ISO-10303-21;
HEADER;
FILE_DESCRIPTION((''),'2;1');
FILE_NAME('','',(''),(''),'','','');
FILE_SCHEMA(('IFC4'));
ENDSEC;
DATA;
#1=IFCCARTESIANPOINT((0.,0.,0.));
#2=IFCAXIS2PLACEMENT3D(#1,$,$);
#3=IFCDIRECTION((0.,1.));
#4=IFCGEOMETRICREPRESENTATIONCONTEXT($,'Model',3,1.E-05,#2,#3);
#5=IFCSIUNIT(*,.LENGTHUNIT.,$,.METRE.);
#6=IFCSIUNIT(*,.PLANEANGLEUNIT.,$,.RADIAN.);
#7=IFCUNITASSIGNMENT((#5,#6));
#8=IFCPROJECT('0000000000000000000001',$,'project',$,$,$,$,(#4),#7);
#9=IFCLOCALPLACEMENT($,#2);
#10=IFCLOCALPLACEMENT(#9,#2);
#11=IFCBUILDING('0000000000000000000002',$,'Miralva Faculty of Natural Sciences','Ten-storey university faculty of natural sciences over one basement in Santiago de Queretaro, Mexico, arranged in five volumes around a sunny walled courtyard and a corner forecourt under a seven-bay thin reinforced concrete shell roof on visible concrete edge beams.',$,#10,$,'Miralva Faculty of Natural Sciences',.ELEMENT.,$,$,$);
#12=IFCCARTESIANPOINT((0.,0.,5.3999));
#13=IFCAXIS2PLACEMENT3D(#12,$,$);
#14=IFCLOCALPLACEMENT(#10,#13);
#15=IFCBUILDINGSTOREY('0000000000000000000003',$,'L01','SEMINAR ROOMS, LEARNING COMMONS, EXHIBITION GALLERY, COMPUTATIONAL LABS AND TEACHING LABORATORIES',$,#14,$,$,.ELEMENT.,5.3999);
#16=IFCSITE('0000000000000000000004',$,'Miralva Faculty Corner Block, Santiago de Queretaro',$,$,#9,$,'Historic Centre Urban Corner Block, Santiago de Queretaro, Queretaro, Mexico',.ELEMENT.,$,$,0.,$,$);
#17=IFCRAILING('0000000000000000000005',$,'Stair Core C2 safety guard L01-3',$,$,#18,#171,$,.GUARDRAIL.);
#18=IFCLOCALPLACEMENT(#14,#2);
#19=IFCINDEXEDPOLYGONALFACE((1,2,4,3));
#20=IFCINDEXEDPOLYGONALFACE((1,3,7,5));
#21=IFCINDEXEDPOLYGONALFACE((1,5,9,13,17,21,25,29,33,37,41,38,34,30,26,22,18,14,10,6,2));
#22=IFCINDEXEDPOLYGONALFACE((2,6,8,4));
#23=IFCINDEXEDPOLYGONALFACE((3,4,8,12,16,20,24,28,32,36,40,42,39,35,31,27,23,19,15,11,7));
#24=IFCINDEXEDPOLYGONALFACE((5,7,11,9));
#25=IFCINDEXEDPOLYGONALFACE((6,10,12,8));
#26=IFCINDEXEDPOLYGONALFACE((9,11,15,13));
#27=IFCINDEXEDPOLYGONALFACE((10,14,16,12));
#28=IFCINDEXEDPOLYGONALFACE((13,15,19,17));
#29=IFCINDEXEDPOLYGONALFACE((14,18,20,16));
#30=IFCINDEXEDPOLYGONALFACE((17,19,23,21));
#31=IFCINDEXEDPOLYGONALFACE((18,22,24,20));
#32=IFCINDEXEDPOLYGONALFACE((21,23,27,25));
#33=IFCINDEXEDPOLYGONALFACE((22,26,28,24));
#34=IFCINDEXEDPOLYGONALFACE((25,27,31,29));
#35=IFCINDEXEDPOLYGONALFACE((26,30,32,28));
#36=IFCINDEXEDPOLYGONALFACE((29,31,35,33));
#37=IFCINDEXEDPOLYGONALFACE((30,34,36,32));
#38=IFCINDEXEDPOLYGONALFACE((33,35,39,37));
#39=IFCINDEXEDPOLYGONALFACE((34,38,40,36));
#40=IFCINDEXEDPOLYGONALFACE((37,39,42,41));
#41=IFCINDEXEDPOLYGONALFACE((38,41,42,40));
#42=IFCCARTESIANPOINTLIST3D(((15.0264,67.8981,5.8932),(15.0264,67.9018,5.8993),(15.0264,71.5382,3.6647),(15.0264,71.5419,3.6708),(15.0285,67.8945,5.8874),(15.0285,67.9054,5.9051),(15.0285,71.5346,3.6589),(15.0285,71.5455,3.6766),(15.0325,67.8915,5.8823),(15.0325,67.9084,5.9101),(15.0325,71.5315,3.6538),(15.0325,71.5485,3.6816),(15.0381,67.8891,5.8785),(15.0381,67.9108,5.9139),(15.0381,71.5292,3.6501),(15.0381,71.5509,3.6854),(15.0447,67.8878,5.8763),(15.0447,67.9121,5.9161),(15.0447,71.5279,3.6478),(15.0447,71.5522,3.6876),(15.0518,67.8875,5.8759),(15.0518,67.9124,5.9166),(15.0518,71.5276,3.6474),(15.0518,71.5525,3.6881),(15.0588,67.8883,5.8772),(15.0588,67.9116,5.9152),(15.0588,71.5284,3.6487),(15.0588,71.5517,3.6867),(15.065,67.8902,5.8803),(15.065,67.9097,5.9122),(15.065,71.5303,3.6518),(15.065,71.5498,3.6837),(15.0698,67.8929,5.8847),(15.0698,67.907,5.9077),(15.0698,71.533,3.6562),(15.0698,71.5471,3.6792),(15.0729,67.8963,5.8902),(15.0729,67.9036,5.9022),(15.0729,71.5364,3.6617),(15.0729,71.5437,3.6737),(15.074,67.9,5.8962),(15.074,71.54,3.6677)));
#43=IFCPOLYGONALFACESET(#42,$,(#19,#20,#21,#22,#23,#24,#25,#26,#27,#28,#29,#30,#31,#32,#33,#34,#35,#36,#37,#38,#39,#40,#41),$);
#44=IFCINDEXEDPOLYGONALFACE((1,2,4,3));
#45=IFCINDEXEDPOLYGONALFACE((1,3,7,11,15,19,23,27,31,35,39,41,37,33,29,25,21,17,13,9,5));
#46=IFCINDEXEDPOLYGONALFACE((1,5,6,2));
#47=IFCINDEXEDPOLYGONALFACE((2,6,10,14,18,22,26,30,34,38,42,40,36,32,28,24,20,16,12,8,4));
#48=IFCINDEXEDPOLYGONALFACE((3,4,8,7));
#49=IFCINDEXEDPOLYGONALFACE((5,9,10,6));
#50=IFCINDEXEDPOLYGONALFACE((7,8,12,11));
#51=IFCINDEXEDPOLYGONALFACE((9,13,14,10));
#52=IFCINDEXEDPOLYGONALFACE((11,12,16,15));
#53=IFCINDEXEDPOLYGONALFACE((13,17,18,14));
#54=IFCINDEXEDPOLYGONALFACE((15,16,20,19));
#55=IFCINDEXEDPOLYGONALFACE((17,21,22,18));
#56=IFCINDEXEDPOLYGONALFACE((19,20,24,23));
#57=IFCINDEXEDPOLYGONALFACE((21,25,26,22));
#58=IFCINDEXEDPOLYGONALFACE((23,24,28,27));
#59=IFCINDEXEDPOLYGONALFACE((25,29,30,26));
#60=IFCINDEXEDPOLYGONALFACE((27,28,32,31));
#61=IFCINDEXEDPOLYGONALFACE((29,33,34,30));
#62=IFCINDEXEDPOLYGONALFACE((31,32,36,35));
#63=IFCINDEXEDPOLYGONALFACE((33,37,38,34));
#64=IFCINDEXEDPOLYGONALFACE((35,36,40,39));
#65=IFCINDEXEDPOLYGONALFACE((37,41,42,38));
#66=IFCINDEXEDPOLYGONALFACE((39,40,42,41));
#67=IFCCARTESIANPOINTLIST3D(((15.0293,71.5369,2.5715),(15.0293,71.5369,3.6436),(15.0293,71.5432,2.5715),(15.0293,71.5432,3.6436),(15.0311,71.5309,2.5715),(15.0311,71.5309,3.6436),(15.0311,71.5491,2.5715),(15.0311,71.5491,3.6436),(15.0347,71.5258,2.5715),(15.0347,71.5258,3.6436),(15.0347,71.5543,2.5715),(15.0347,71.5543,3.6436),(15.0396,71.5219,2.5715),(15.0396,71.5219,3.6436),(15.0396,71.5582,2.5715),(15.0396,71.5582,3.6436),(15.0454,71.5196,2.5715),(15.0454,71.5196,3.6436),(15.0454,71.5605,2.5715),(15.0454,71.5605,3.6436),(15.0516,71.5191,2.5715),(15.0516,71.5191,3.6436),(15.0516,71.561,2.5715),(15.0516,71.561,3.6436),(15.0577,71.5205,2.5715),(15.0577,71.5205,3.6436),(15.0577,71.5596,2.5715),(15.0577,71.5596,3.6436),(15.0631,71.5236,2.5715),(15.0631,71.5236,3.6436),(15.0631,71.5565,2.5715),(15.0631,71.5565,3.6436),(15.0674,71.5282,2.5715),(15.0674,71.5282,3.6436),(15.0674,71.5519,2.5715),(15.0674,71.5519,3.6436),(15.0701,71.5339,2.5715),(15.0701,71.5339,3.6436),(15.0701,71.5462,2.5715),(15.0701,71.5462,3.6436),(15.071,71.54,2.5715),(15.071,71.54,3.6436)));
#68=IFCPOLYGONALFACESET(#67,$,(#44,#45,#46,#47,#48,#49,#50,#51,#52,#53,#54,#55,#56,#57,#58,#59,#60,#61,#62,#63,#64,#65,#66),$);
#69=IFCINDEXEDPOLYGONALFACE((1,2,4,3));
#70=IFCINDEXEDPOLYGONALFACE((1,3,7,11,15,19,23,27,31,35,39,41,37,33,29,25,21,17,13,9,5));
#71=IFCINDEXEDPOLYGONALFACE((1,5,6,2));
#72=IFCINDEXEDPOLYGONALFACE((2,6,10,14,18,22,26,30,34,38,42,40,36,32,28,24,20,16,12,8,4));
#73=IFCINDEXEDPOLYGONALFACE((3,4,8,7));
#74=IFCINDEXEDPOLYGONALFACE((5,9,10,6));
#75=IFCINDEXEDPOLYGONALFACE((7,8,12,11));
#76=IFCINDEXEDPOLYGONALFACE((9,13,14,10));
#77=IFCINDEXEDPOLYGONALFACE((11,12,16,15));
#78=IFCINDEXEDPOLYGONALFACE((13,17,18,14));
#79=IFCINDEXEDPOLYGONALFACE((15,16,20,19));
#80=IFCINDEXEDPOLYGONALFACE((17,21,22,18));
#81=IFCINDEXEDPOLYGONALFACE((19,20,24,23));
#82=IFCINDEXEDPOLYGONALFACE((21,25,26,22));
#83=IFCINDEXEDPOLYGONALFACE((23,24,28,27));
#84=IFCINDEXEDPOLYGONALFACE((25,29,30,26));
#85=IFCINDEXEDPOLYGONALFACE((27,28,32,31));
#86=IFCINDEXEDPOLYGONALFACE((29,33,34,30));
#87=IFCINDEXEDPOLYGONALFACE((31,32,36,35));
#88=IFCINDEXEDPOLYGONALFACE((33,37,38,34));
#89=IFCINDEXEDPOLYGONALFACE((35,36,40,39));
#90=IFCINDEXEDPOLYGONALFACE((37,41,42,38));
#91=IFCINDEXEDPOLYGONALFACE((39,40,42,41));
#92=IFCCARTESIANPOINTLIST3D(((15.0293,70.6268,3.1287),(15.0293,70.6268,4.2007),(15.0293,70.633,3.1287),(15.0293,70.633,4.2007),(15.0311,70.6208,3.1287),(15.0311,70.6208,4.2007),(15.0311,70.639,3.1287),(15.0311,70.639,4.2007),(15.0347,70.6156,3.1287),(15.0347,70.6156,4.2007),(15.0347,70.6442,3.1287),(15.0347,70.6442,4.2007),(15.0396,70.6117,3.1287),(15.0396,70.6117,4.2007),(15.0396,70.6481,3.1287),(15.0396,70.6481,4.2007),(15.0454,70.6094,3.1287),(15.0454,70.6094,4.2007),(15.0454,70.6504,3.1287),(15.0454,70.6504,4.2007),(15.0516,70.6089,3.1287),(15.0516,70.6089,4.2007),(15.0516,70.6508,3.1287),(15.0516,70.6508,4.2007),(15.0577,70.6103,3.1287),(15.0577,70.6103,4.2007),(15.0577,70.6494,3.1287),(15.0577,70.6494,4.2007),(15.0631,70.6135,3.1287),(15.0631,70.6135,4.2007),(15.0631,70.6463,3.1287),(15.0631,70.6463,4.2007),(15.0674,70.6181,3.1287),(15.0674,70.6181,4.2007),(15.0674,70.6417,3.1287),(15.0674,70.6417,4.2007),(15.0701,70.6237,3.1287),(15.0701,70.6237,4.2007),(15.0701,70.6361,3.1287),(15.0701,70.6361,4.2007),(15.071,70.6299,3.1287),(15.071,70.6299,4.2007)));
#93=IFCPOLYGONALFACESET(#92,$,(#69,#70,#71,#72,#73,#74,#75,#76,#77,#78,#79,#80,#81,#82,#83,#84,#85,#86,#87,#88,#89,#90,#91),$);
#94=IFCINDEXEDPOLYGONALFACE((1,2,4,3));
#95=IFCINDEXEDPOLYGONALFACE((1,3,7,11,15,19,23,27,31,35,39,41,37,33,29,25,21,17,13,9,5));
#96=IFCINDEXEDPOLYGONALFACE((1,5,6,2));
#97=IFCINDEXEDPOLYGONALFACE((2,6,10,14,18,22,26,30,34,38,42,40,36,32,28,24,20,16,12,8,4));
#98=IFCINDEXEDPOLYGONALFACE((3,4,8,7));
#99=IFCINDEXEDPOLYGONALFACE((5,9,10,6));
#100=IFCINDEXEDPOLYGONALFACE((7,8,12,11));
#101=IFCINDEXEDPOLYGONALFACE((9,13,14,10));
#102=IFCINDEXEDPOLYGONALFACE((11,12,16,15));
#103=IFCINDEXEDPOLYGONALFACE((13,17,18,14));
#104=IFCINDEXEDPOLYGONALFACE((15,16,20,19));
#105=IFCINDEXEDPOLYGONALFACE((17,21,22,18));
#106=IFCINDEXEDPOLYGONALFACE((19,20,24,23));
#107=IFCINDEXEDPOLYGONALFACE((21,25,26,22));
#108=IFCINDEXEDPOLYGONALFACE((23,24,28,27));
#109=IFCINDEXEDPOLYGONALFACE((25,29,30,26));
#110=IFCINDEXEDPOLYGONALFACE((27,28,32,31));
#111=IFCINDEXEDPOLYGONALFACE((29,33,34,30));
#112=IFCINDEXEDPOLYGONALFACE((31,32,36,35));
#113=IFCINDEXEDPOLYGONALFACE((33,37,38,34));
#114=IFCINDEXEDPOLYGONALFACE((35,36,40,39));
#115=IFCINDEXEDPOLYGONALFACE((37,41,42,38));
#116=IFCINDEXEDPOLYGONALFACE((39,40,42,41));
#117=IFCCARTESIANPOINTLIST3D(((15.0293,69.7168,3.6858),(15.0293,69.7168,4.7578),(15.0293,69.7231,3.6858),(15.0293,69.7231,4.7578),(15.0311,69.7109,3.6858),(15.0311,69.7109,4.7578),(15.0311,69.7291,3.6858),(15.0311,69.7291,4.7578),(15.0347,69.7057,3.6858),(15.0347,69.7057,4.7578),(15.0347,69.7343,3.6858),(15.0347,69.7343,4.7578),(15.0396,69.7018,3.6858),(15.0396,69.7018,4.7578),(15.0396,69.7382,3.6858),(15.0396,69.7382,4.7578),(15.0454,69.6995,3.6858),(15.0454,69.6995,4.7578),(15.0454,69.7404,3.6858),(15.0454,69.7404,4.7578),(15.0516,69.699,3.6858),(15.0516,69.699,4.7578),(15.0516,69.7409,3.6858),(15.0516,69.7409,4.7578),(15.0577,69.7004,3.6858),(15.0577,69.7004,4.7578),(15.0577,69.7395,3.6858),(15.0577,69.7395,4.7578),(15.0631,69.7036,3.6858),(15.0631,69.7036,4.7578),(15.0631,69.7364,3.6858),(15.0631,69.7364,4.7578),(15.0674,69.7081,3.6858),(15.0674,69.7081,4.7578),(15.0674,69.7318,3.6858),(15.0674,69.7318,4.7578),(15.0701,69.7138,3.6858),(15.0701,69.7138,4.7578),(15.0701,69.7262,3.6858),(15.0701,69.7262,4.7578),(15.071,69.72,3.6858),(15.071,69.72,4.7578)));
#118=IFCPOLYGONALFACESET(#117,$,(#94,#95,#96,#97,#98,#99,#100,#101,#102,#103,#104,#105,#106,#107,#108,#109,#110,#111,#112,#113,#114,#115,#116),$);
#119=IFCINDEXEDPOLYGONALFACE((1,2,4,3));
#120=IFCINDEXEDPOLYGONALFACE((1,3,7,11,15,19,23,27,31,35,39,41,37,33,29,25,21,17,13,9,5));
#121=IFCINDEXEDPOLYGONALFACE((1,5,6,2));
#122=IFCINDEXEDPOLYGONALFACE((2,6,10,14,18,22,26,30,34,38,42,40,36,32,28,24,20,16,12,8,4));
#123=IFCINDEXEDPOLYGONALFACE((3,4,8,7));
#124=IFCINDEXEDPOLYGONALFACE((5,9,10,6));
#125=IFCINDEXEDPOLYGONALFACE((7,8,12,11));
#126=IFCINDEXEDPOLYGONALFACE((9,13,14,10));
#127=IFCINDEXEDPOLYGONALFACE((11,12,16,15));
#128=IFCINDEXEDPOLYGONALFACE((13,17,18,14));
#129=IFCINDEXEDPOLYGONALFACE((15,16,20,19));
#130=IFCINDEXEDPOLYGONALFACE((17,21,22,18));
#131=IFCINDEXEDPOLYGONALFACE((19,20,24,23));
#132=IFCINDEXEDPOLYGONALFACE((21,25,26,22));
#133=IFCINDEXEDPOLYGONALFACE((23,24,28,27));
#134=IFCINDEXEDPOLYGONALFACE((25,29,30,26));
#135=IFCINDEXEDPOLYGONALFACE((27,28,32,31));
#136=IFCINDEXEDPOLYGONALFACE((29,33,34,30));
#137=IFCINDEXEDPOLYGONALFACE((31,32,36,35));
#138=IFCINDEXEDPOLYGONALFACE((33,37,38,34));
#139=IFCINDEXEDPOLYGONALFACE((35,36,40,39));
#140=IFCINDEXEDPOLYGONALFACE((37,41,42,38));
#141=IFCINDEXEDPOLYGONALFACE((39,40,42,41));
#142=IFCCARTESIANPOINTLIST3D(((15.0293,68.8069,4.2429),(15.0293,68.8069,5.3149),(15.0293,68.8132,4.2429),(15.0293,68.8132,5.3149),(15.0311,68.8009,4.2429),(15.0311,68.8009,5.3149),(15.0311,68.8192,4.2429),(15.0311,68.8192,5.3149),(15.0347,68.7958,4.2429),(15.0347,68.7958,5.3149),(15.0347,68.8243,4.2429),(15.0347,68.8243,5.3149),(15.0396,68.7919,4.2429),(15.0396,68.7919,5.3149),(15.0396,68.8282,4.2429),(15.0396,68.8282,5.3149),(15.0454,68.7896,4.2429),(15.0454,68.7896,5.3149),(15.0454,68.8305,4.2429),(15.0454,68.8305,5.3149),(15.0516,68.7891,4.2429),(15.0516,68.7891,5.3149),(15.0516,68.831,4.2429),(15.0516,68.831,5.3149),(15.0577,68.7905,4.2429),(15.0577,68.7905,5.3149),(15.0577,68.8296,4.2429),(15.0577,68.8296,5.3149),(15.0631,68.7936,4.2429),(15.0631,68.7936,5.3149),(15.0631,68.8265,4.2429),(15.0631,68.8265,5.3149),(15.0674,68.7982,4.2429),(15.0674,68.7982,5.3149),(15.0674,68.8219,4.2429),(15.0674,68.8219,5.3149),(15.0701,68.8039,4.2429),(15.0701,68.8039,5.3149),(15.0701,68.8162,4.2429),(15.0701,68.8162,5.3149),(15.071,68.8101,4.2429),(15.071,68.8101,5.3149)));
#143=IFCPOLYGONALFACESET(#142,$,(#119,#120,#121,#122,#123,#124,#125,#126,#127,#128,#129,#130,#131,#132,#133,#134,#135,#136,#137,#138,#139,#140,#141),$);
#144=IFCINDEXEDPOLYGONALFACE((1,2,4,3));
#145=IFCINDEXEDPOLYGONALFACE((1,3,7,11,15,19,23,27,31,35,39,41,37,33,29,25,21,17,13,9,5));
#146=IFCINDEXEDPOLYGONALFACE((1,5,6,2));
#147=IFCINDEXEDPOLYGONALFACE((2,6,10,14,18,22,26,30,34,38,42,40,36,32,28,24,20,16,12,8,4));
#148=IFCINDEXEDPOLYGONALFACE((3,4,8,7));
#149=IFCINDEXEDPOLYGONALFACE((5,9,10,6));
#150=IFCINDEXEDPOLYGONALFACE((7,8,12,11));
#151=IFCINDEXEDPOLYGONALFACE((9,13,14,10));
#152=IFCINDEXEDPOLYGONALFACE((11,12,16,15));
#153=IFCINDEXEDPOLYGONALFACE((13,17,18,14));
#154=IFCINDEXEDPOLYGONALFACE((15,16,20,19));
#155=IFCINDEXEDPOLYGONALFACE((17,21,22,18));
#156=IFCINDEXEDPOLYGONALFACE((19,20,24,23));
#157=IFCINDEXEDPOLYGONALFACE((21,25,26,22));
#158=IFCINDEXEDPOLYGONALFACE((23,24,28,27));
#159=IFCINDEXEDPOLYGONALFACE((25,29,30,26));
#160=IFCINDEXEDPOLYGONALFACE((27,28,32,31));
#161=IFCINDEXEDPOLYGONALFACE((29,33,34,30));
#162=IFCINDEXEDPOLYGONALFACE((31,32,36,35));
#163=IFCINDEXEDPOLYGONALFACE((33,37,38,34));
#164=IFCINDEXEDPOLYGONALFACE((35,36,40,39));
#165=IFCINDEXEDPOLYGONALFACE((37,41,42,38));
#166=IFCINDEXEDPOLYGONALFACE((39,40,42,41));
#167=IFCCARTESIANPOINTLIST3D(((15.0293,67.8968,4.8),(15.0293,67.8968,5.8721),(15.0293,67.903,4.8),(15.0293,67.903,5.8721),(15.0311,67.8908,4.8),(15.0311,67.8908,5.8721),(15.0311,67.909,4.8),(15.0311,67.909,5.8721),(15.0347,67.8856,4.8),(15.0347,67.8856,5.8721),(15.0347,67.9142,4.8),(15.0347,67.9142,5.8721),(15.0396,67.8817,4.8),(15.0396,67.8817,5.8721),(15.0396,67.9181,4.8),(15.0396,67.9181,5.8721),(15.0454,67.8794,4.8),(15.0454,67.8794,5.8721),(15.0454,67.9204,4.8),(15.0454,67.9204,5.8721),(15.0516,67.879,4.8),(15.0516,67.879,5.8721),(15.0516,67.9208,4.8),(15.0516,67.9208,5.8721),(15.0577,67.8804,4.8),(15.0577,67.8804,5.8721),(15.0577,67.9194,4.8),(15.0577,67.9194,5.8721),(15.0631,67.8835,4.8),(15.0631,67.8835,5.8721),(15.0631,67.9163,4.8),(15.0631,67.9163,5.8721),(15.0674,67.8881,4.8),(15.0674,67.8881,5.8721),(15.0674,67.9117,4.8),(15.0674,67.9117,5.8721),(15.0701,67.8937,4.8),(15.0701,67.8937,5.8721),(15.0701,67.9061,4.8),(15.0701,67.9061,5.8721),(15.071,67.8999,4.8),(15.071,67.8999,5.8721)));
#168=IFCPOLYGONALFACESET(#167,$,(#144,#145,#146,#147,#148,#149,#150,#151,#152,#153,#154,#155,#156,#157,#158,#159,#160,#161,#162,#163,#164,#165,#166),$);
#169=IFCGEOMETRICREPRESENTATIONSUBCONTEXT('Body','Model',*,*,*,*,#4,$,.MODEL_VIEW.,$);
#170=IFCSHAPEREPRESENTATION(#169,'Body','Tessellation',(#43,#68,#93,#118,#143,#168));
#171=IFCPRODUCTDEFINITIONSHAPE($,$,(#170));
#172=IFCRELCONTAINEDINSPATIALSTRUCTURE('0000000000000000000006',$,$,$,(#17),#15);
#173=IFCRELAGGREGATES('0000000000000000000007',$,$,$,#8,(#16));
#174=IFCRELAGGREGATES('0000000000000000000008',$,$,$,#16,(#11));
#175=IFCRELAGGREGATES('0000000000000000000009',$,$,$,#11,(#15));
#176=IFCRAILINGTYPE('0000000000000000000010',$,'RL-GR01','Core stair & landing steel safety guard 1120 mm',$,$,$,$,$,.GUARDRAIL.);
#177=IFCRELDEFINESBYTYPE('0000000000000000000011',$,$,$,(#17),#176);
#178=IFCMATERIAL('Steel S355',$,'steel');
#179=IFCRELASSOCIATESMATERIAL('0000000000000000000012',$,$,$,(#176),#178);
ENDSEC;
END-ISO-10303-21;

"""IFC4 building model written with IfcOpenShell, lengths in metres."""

from ifc_helpers import new_model, si_unit, direction, frame, origin, origin_2d, place, context, subcontext, project, spatial, circle, extrude, material, type_object, element, save


model = new_model("IFC4")

# Units and contexts
model_context = context("Model", 3, precision=1e-05, world=origin(), true_north=direction((0.0, 1.0)))
body_context = subcontext(model_context, "Body", "Model", "MODEL_VIEW")
ifc_project = project(units=[si_unit("LENGTHUNIT", "METRE"), si_unit("PLANEANGLEUNIT", "RADIAN")], contexts=[model_context])

# Site, building, storey
site_placement = place(None, origin())
site = spatial("IfcSite", under=ifc_project, at=site_placement, Name="Miralva Faculty Corner Block, Santiago de Queretaro", LongName="Historic Centre Urban Corner Block, Santiago de Queretaro, Queretaro, Mexico", CompositionType="ELEMENT", RefElevation=0.0)
building_placement = place(site_placement, origin())
building = spatial("IfcBuilding", under=site, at=building_placement, Name="Miralva Faculty of Natural Sciences", Description="Ten-storey university faculty of natural sciences over one basement in Santiago de Queretaro, Mexico, arranged in five volumes around a sunny walled courtyard and a corner forecourt under a seven-bay thin reinforced concrete shell roof on visible concrete edge beams.", LongName="Miralva Faculty of Natural Sciences", CompositionType="ELEMENT")
storey_placement = place(building_placement, frame((0.0, 0.0, 5.3999)))
storey = spatial("IfcBuildingStorey", under=building, at=storey_placement, Name="L01", Description="SEMINAR ROOMS, LEARNING COMMONS, EXHIBITION GALLERY, COMPUTATIONAL LABS AND TEACHING LABORATORIES", CompositionType="ELEMENT", Elevation=5.3999)

# Railing
ifc_material_1 = material(Name="Steel S355", Category="steel")
railing_type_1 = type_object("IfcRailingType", Name="RL-GR01", Description="Core stair & landing steel safety guard 1120 mm", PredefinedType="GUARDRAIL", material=ifc_material_1)
railing_1_placement = place(storey_placement, frame((15.05, 71.54, 2.5715)))
element("IfcRailing", 1, at=railing_1_placement, inside=storey, type_object=railing_type_1, Name="Stair Core C2 safety guard L01-3", PredefinedType="GUARDRAIL", context=body_context, shape_type="SweptSolid", body=[
    extrude(circle(Radius=0.0239, at=origin_2d()), frame((0.0, 0.0, 1.0962), z_axis=(0.0, -0.852866, 0.52213), x_axis=(1.0, 0.0, 0.0)), (0.0, 0.0, 1.0), 4.2681),
    extrude(circle(Radius=0.021, at=origin_2d()), origin(), (0.0, 0.0, 1.0), 1.072),
    extrude(circle(Radius=0.021, at=origin_2d()), frame((0.0, -0.9102, 0.5571)), (0.0, 0.0, 1.0), 1.072),
    extrude(circle(Radius=0.021, at=origin_2d()), frame((0.0, -1.8201, 1.1143)), (0.0, 0.0, 1.0), 1.072),
    extrude(circle(Radius=0.021, at=origin_2d()), frame((0.0, -2.73, 1.6714)), (0.0, 0.0, 1.0), 1.072),
    extrude(circle(Radius=0.021, at=origin_2d()), frame((0.0, -3.6401, 2.2285)), (0.0, 0.0, 1.0), 1.072),
])

save(model, "model.ifc")
